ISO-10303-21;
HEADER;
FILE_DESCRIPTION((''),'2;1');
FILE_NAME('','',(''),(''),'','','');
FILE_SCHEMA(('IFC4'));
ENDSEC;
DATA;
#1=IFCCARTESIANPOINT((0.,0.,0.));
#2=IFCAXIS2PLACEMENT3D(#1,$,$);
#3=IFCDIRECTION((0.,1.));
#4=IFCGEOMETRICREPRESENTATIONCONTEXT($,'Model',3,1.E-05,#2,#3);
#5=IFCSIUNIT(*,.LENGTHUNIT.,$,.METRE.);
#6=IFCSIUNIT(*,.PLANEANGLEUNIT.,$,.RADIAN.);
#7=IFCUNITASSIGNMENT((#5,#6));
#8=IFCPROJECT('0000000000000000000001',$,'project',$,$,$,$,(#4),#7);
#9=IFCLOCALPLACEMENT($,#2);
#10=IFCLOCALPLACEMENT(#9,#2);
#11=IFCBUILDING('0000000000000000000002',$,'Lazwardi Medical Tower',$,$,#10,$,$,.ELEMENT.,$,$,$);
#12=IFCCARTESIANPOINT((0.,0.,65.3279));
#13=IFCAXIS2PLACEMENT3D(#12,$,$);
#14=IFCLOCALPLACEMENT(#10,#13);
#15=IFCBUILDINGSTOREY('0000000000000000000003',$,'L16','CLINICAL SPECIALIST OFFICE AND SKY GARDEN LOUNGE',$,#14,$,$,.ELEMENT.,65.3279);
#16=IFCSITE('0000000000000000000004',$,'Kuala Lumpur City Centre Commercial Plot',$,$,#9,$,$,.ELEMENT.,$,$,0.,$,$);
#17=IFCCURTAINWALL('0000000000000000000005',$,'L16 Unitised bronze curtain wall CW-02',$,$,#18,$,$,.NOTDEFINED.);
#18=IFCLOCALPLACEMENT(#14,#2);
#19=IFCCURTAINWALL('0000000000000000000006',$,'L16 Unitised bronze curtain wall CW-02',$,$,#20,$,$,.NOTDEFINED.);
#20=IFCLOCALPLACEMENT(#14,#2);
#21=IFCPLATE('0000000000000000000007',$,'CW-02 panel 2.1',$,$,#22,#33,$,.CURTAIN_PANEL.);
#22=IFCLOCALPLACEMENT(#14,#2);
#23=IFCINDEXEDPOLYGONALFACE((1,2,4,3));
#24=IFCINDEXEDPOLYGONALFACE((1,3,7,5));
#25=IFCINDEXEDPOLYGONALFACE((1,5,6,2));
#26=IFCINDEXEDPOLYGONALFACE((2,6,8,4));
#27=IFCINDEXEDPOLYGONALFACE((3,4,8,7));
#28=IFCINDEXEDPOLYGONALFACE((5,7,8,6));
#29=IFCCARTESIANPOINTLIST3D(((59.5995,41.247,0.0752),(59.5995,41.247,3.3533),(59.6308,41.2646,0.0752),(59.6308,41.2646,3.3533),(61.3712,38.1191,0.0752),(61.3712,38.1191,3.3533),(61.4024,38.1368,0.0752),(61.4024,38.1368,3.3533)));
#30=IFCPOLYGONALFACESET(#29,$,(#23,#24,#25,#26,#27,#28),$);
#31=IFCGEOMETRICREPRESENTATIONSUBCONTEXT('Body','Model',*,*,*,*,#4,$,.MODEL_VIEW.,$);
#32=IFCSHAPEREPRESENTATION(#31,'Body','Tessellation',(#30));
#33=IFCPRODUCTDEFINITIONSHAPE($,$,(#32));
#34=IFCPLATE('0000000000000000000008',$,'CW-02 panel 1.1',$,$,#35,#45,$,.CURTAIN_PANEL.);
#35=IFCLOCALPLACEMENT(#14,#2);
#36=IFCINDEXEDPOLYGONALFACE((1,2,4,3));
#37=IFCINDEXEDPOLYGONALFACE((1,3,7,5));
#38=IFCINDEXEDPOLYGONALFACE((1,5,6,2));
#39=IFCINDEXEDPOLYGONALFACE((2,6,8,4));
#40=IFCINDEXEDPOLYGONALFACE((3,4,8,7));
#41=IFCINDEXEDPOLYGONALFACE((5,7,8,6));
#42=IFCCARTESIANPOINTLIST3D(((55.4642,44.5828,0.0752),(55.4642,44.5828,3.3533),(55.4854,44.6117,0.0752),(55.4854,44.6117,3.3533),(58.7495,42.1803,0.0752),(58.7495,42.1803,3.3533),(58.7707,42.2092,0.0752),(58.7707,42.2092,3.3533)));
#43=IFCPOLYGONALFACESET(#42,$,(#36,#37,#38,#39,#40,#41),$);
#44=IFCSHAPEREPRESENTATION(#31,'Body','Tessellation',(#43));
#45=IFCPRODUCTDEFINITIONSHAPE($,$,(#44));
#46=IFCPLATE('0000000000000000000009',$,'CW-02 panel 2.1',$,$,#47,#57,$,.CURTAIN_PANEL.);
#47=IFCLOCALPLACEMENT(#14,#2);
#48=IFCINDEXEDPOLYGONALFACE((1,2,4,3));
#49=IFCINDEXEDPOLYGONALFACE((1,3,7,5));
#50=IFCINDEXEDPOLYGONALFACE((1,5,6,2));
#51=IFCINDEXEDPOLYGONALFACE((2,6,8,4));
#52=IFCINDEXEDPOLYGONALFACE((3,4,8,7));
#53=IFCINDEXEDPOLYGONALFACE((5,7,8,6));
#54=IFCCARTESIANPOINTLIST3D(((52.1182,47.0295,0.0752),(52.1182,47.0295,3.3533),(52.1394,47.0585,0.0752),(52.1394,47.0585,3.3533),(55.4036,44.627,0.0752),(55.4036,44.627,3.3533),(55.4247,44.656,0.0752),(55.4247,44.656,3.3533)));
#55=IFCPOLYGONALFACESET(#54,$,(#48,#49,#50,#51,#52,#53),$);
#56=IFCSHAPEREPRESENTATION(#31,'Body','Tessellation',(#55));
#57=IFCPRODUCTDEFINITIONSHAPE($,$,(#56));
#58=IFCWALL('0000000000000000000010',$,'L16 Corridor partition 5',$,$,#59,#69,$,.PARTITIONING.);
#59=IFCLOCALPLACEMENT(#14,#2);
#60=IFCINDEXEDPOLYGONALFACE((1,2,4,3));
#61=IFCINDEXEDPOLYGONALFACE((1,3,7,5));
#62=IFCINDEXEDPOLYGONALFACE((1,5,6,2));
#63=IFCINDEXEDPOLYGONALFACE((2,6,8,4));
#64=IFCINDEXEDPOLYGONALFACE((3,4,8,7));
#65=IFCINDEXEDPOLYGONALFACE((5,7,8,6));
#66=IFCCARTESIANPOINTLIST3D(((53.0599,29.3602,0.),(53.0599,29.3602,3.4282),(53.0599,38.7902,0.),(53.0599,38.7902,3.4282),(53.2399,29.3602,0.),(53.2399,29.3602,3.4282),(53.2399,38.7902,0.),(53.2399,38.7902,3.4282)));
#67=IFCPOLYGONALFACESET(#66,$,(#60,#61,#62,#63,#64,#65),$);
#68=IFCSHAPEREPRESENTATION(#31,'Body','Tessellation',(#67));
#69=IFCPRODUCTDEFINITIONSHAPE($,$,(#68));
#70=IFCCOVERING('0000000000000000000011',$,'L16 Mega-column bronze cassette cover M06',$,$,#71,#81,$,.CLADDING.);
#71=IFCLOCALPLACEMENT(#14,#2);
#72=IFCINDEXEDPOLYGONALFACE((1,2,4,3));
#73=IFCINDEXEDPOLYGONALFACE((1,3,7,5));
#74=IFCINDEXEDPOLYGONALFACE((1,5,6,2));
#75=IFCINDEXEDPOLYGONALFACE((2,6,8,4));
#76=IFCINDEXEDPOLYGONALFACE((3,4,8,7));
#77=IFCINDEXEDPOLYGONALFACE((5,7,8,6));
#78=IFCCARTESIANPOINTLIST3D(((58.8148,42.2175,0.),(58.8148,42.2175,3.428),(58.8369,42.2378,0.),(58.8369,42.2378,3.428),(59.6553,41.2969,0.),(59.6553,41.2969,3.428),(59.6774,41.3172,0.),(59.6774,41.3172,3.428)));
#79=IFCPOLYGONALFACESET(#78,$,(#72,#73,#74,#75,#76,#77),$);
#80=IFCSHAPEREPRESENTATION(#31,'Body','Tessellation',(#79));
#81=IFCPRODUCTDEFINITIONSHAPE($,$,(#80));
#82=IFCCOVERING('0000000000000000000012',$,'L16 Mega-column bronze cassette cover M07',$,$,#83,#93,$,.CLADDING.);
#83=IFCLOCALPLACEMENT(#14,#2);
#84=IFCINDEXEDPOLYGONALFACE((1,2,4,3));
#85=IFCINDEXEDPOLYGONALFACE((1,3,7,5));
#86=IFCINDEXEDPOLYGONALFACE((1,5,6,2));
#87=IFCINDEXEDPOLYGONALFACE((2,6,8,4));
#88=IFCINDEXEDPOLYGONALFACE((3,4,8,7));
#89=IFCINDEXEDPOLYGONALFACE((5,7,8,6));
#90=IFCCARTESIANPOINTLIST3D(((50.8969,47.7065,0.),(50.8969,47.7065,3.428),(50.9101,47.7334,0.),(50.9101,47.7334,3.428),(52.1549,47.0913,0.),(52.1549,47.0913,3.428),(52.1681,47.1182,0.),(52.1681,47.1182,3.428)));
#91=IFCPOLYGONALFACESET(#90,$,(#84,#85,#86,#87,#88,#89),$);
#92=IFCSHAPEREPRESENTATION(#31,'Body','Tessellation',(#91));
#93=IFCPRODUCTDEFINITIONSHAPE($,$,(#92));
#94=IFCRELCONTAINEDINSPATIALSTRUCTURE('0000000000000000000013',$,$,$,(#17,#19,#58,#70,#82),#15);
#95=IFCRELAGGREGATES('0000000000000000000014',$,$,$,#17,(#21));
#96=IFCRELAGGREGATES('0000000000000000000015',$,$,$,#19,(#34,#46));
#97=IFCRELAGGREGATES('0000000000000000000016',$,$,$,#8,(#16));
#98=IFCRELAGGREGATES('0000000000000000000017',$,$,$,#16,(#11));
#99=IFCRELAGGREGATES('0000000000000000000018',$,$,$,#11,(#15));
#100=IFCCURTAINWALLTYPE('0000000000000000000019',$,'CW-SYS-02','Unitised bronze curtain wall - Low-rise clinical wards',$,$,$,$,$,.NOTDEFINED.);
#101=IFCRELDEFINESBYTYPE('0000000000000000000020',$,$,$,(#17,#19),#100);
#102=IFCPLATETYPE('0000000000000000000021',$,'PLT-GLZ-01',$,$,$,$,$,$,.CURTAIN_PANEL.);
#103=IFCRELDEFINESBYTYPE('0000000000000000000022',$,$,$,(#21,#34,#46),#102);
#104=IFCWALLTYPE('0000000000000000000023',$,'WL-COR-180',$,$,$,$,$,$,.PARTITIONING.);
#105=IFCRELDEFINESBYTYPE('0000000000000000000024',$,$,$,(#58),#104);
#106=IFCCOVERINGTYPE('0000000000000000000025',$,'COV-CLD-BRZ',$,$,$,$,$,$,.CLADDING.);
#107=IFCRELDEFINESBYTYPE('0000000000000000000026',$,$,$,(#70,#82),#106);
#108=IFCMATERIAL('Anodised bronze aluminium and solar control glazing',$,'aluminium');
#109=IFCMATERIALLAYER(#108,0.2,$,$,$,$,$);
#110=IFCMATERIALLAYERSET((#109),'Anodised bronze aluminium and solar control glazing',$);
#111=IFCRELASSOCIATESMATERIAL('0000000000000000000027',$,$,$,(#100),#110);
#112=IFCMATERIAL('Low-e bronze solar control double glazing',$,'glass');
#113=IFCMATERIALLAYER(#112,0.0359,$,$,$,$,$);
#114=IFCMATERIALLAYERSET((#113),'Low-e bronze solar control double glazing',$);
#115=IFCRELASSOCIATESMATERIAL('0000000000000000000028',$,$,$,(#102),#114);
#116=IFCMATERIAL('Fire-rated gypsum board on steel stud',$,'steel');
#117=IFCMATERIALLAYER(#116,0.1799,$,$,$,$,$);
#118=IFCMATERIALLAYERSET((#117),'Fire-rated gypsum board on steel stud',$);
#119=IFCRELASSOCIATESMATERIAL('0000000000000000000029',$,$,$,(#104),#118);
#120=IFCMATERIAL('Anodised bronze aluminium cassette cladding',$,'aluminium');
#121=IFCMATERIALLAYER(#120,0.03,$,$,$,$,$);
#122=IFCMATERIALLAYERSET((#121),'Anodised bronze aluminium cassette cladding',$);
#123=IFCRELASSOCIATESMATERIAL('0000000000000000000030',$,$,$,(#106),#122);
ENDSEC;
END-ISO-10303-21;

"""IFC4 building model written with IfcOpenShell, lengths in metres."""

from ifc_helpers import new_model, si_unit, direction, frame, frame_2d, origin, origin_2d, place, context, subcontext, project, spatial, rectangle, extrude, material, layer, layer_set, type_object, element, aggregate, save


model = new_model("IFC4")

# Units and contexts
model_context = context("Model", 3, precision=1e-05, world=origin(), true_north=direction((0.0, 1.0)))
body_context = subcontext(model_context, "Body", "Model", "MODEL_VIEW")
ifc_project = project(units=[si_unit("LENGTHUNIT", "METRE"), si_unit("PLANEANGLEUNIT", "RADIAN")], contexts=[model_context])

# Site, building, storey
site_placement = place(None, origin())
site = spatial("IfcSite", under=ifc_project, at=site_placement, Name="Kuala Lumpur City Centre Commercial Plot", CompositionType="ELEMENT", RefElevation=0.0)
building_placement = place(site_placement, origin())
building = spatial("IfcBuilding", under=site, at=building_placement, Name="Lazwardi Medical Tower", CompositionType="ELEMENT")
storey_placement = place(building_placement, frame((0.0, 0.0, 65.3279)))
storey = spatial("IfcBuildingStorey", under=building, at=storey_placement, Name="L16", Description="CLINICAL SPECIALIST OFFICE AND SKY GARDEN LOUNGE", CompositionType="ELEMENT", Elevation=65.3279)

# Curtain wall
ifc_material_1 = material(Name="Anodised bronze aluminium and solar control glazing", Category="aluminium")
ifc_layer_1 = layer(ifc_material_1, 0.2)
ifc_layer_set_1 = layer_set([ifc_layer_1], Name="Anodised bronze aluminium and solar control glazing")
curtain_wall_type = type_object("IfcCurtainWallType", Name="CW-SYS-02", Description="Unitised bronze curtain wall - Low-rise clinical wards", PredefinedType="NOTDEFINED", material=ifc_layer_set_1)
curtain_wall_1_placement = place(storey_placement, origin())
curtain_wall_1 = element("IfcCurtainWall", 1, at=curtain_wall_1_placement, inside=storey, type_object=curtain_wall_type, Name="L16 Unitised bronze curtain wall CW-02", PredefinedType="NOTDEFINED")

# Curtain wall
curtain_wall_2_placement = place(storey_placement, origin())
curtain_wall_2 = element("IfcCurtainWall", 2, at=curtain_wall_2_placement, inside=storey, type_object=curtain_wall_type, Name="L16 Unitised bronze curtain wall CW-02", PredefinedType="NOTDEFINED")

# Plates
ifc_material_2 = material(Name="Low-e bronze solar control double glazing", Category="glass")
ifc_layer_2 = layer(ifc_material_2, 0.0359)
ifc_layer_set_2 = layer_set([ifc_layer_2], Name="Low-e bronze solar control double glazing")
plate_type = type_object("IfcPlateType", Name="PLT-GLZ-01", PredefinedType="CURTAIN_PANEL", material=ifc_layer_set_2)
plate_1_placement = place(storey_placement, frame((60.501, 39.6919, 0.0752), z_axis=(0.0, 0.0, 1.0), x_axis=(-0.492854, 0.870112, 0.0)))
plate_1 = element("IfcPlate", 3, at=plate_1_placement, type_object=plate_type, Name="CW-02 panel 2.1", PredefinedType="CURTAIN_PANEL", context=body_context, shape_type="SweptSolid", body=[
    extrude(rectangle(XDim=3.5947, YDim=0.0359, at=origin_2d()), origin(), (0.0, 0.0, 1.0), 3.2781),
])
aggregate(curtain_wall_1, [plate_1])
plate_2_placement = place(storey_placement, frame((57.1174, 43.396, 0.0752), z_axis=(0.0, 0.0, 1.0), x_axis=(-0.807192, 0.590289, 0.0)))
plate_2 = element("IfcPlate", 4, at=plate_2_placement, type_object=plate_type, Name="CW-02 panel 1.1", PredefinedType="CURTAIN_PANEL", context=body_context, shape_type="SweptSolid", body=[
    extrude(rectangle(XDim=4.0701, YDim=0.0359, at=origin_2d()), origin(), (0.0, 0.0, 1.0), 3.2781),
])
plate_3_placement = place(storey_placement, frame((53.7715, 45.8428, 0.0752), z_axis=(0.0, 0.0, 1.0), x_axis=(-0.807192, 0.590289, 0.0)))
plate_3 = element("IfcPlate", 5, at=plate_3_placement, type_object=plate_type, Name="CW-02 panel 2.1", PredefinedType="CURTAIN_PANEL", context=body_context, shape_type="SweptSolid", body=[
    extrude(rectangle(XDim=4.0701, YDim=0.0359, at=origin_2d()), origin(), (0.0, 0.0, 1.0), 3.2781),
])
aggregate(curtain_wall_2, [plate_2, plate_3])

# Wall
ifc_material_3 = material(Name="Fire-rated gypsum board on steel stud", Category="steel")
ifc_layer_3 = layer(ifc_material_3, 0.1799)
ifc_layer_set_3 = layer_set([ifc_layer_3], Name="Fire-rated gypsum board on steel stud")
wall_type = type_object("IfcWallType", Name="WL-COR-180", PredefinedType="PARTITIONING", material=ifc_layer_set_3)
wall_placement = place(storey_placement, frame((53.1499, 38.79, 0.0), z_axis=(0.0, 0.0, 1.0), x_axis=(0.0, -1.0, 0.0)))
element("IfcWall", 6, at=wall_placement, inside=storey, type_object=wall_type, Name="L16 Corridor partition 5", PredefinedType="PARTITIONING", context=body_context, shape_type="SweptSolid", body=[
    extrude(rectangle(XDim=9.4299, YDim=0.1799, at=frame_2d((4.7148, 0.0))), origin(), (0.0, 0.0, 1.0), 3.4282),
])

# Coverings
ifc_material_4 = material(Name="Anodised bronze aluminium cassette cladding", Category="aluminium")
ifc_layer_4 = layer(ifc_material_4, 0.03)
ifc_layer_set_4 = layer_set([ifc_layer_4], Name="Anodised bronze aluminium cassette cladding")
covering_type = type_object("IfcCoveringType", Name="COV-CLD-BRZ", PredefinedType="CLADDING", material=ifc_layer_set_4)
covering_1_placement = place(storey_placement, frame((59.2461, 41.7673, 0.0), z_axis=(0.0, 0.0, 1.0), x_axis=(-0.674252, 0.738501, 0.0)))
element("IfcCovering", 7, at=covering_1_placement, inside=storey, type_object=covering_type, Name="L16 Mega-column bronze cassette cover M06", PredefinedType="CLADDING", context=body_context, shape_type="SweptSolid", body=[
    extrude(rectangle(XDim=1.2466, YDim=0.03, at=origin_2d()), origin(), (0.0, 0.0, 1.0), 3.428),
])
covering_2_placement = place(storey_placement, frame((51.5325, 47.4124, 0.0), z_axis=(0.0, 0.0, 1.0), x_axis=(-0.898334, 0.439312, 0.0)))
element("IfcCovering", 8, at=covering_2_placement, inside=storey, type_object=covering_type, Name="L16 Mega-column bronze cassette cover M07", PredefinedType="CLADDING", context=body_context, shape_type="SweptSolid", body=[
    extrude(rectangle(XDim=1.4004, YDim=0.03, at=origin_2d()), origin(), (0.0, 0.0, 1.0), 3.428),
])

save(model, "model.ifc")
